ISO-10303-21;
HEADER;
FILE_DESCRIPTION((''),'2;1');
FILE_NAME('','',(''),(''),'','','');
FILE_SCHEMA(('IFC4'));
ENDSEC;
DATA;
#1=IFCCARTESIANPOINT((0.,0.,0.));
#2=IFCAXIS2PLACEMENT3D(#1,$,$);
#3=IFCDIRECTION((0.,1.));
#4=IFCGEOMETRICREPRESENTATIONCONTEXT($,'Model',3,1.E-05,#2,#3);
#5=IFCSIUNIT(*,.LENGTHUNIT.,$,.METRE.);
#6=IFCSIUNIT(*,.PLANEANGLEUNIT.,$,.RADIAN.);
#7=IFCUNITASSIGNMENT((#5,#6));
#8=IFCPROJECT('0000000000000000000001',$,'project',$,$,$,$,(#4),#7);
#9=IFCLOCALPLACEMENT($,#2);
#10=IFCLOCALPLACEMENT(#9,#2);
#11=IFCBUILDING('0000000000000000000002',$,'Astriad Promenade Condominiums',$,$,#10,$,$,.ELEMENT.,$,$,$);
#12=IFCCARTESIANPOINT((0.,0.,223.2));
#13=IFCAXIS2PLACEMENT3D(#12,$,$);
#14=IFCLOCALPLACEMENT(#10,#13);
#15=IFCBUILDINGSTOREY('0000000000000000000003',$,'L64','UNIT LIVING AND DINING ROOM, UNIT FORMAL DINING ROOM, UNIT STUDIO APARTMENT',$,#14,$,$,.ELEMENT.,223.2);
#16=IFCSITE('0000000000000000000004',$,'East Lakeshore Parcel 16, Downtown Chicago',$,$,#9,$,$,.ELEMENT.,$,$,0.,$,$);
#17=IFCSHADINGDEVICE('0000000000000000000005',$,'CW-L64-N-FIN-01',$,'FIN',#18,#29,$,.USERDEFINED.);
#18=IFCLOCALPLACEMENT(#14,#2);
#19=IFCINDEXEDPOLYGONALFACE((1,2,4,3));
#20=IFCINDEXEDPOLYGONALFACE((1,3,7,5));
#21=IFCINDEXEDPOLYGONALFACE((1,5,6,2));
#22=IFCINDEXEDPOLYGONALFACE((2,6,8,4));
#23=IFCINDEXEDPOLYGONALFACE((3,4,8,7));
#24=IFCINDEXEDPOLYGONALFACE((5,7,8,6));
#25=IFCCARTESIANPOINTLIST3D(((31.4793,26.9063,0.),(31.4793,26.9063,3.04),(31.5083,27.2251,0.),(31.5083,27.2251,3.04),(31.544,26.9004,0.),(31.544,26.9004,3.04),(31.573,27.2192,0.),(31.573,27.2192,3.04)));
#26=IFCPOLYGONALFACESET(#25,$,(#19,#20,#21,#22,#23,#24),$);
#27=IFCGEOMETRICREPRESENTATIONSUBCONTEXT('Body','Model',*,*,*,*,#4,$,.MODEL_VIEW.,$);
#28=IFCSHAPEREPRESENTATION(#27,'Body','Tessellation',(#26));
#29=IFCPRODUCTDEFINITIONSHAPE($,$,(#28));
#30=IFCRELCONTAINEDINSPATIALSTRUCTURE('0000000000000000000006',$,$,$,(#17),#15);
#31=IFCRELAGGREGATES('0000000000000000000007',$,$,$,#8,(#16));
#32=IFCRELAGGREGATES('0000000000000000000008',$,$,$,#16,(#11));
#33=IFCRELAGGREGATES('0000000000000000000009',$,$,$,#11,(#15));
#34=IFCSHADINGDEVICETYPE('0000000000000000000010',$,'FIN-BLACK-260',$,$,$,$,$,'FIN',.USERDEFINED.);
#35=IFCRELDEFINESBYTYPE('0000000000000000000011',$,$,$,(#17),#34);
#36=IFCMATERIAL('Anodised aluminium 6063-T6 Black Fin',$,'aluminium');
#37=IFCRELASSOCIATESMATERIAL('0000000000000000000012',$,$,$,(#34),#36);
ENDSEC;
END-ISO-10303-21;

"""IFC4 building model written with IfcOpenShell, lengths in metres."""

from ifc_helpers import new_model, si_unit, direction, frame, origin, origin_2d, place, context, subcontext, project, spatial, rectangle, extrude, source, transform, mapped, material, type_object, type_shapes, element, save


model = new_model("IFC4")

# Units and contexts
model_context = context("Model", 3, precision=1e-05, world=origin(), true_north=direction((0.0, 1.0)))
body_context = subcontext(model_context, "Body", "Model", "MODEL_VIEW")
ifc_project = project(units=[si_unit("LENGTHUNIT", "METRE"), si_unit("PLANEANGLEUNIT", "RADIAN")], contexts=[model_context])

# Site, building, storey
site_placement = place(None, origin())
site = spatial("IfcSite", under=ifc_project, at=site_placement, Name="East Lakeshore Parcel 16, Downtown Chicago", CompositionType="ELEMENT", RefElevation=0.0)
building_placement = place(site_placement, origin())
building = spatial("IfcBuilding", under=site, at=building_placement, Name="Astriad Promenade Condominiums", CompositionType="ELEMENT")
storey_placement = place(building_placement, frame((0.0, 0.0, 223.2)))
storey = spatial("IfcBuildingStorey", under=building, at=storey_placement, Name="L64", Description="UNIT LIVING AND DINING ROOM, UNIT FORMAL DINING ROOM, UNIT STUDIO APARTMENT", CompositionType="ELEMENT", Elevation=223.2)

# Shading device
ifc_material_1 = material(Name="Anodised aluminium 6063-T6 Black Fin", Category="aluminium")
shading_device_type = type_object("IfcShadingDeviceType", Name="FIN-BLACK-260", ElementType="FIN", PredefinedType="USERDEFINED", material=ifc_material_1)
shared_shape_1 = source(origin(), body_context, "Body", "SweptSolid", [
    extrude(rectangle(XDim=0.0649, YDim=0.3201, at=origin_2d()), origin(), (0.0, 0.0, 1.0), 3.04),
])
type_shapes(shading_device_type, [shared_shape_1])
shading_device_placement = place(storey_placement, frame((31.5261, 27.0627, 0.0), z_axis=(0.0, 0.0, 1.0), x_axis=(0.995884, -0.090633, 0.0)))
element("IfcShadingDevice", 1, at=shading_device_placement, inside=storey, type_object=shading_device_type, Name="CW-L64-N-FIN-01", ObjectType="FIN", PredefinedType="USERDEFINED", context=body_context, shape_type="MappedRepresentation", body=[
    mapped(shared_shape_1, transform((0.0, 0.0, 0.0), scale=1.0)),
])

save(model, "model.ifc")
